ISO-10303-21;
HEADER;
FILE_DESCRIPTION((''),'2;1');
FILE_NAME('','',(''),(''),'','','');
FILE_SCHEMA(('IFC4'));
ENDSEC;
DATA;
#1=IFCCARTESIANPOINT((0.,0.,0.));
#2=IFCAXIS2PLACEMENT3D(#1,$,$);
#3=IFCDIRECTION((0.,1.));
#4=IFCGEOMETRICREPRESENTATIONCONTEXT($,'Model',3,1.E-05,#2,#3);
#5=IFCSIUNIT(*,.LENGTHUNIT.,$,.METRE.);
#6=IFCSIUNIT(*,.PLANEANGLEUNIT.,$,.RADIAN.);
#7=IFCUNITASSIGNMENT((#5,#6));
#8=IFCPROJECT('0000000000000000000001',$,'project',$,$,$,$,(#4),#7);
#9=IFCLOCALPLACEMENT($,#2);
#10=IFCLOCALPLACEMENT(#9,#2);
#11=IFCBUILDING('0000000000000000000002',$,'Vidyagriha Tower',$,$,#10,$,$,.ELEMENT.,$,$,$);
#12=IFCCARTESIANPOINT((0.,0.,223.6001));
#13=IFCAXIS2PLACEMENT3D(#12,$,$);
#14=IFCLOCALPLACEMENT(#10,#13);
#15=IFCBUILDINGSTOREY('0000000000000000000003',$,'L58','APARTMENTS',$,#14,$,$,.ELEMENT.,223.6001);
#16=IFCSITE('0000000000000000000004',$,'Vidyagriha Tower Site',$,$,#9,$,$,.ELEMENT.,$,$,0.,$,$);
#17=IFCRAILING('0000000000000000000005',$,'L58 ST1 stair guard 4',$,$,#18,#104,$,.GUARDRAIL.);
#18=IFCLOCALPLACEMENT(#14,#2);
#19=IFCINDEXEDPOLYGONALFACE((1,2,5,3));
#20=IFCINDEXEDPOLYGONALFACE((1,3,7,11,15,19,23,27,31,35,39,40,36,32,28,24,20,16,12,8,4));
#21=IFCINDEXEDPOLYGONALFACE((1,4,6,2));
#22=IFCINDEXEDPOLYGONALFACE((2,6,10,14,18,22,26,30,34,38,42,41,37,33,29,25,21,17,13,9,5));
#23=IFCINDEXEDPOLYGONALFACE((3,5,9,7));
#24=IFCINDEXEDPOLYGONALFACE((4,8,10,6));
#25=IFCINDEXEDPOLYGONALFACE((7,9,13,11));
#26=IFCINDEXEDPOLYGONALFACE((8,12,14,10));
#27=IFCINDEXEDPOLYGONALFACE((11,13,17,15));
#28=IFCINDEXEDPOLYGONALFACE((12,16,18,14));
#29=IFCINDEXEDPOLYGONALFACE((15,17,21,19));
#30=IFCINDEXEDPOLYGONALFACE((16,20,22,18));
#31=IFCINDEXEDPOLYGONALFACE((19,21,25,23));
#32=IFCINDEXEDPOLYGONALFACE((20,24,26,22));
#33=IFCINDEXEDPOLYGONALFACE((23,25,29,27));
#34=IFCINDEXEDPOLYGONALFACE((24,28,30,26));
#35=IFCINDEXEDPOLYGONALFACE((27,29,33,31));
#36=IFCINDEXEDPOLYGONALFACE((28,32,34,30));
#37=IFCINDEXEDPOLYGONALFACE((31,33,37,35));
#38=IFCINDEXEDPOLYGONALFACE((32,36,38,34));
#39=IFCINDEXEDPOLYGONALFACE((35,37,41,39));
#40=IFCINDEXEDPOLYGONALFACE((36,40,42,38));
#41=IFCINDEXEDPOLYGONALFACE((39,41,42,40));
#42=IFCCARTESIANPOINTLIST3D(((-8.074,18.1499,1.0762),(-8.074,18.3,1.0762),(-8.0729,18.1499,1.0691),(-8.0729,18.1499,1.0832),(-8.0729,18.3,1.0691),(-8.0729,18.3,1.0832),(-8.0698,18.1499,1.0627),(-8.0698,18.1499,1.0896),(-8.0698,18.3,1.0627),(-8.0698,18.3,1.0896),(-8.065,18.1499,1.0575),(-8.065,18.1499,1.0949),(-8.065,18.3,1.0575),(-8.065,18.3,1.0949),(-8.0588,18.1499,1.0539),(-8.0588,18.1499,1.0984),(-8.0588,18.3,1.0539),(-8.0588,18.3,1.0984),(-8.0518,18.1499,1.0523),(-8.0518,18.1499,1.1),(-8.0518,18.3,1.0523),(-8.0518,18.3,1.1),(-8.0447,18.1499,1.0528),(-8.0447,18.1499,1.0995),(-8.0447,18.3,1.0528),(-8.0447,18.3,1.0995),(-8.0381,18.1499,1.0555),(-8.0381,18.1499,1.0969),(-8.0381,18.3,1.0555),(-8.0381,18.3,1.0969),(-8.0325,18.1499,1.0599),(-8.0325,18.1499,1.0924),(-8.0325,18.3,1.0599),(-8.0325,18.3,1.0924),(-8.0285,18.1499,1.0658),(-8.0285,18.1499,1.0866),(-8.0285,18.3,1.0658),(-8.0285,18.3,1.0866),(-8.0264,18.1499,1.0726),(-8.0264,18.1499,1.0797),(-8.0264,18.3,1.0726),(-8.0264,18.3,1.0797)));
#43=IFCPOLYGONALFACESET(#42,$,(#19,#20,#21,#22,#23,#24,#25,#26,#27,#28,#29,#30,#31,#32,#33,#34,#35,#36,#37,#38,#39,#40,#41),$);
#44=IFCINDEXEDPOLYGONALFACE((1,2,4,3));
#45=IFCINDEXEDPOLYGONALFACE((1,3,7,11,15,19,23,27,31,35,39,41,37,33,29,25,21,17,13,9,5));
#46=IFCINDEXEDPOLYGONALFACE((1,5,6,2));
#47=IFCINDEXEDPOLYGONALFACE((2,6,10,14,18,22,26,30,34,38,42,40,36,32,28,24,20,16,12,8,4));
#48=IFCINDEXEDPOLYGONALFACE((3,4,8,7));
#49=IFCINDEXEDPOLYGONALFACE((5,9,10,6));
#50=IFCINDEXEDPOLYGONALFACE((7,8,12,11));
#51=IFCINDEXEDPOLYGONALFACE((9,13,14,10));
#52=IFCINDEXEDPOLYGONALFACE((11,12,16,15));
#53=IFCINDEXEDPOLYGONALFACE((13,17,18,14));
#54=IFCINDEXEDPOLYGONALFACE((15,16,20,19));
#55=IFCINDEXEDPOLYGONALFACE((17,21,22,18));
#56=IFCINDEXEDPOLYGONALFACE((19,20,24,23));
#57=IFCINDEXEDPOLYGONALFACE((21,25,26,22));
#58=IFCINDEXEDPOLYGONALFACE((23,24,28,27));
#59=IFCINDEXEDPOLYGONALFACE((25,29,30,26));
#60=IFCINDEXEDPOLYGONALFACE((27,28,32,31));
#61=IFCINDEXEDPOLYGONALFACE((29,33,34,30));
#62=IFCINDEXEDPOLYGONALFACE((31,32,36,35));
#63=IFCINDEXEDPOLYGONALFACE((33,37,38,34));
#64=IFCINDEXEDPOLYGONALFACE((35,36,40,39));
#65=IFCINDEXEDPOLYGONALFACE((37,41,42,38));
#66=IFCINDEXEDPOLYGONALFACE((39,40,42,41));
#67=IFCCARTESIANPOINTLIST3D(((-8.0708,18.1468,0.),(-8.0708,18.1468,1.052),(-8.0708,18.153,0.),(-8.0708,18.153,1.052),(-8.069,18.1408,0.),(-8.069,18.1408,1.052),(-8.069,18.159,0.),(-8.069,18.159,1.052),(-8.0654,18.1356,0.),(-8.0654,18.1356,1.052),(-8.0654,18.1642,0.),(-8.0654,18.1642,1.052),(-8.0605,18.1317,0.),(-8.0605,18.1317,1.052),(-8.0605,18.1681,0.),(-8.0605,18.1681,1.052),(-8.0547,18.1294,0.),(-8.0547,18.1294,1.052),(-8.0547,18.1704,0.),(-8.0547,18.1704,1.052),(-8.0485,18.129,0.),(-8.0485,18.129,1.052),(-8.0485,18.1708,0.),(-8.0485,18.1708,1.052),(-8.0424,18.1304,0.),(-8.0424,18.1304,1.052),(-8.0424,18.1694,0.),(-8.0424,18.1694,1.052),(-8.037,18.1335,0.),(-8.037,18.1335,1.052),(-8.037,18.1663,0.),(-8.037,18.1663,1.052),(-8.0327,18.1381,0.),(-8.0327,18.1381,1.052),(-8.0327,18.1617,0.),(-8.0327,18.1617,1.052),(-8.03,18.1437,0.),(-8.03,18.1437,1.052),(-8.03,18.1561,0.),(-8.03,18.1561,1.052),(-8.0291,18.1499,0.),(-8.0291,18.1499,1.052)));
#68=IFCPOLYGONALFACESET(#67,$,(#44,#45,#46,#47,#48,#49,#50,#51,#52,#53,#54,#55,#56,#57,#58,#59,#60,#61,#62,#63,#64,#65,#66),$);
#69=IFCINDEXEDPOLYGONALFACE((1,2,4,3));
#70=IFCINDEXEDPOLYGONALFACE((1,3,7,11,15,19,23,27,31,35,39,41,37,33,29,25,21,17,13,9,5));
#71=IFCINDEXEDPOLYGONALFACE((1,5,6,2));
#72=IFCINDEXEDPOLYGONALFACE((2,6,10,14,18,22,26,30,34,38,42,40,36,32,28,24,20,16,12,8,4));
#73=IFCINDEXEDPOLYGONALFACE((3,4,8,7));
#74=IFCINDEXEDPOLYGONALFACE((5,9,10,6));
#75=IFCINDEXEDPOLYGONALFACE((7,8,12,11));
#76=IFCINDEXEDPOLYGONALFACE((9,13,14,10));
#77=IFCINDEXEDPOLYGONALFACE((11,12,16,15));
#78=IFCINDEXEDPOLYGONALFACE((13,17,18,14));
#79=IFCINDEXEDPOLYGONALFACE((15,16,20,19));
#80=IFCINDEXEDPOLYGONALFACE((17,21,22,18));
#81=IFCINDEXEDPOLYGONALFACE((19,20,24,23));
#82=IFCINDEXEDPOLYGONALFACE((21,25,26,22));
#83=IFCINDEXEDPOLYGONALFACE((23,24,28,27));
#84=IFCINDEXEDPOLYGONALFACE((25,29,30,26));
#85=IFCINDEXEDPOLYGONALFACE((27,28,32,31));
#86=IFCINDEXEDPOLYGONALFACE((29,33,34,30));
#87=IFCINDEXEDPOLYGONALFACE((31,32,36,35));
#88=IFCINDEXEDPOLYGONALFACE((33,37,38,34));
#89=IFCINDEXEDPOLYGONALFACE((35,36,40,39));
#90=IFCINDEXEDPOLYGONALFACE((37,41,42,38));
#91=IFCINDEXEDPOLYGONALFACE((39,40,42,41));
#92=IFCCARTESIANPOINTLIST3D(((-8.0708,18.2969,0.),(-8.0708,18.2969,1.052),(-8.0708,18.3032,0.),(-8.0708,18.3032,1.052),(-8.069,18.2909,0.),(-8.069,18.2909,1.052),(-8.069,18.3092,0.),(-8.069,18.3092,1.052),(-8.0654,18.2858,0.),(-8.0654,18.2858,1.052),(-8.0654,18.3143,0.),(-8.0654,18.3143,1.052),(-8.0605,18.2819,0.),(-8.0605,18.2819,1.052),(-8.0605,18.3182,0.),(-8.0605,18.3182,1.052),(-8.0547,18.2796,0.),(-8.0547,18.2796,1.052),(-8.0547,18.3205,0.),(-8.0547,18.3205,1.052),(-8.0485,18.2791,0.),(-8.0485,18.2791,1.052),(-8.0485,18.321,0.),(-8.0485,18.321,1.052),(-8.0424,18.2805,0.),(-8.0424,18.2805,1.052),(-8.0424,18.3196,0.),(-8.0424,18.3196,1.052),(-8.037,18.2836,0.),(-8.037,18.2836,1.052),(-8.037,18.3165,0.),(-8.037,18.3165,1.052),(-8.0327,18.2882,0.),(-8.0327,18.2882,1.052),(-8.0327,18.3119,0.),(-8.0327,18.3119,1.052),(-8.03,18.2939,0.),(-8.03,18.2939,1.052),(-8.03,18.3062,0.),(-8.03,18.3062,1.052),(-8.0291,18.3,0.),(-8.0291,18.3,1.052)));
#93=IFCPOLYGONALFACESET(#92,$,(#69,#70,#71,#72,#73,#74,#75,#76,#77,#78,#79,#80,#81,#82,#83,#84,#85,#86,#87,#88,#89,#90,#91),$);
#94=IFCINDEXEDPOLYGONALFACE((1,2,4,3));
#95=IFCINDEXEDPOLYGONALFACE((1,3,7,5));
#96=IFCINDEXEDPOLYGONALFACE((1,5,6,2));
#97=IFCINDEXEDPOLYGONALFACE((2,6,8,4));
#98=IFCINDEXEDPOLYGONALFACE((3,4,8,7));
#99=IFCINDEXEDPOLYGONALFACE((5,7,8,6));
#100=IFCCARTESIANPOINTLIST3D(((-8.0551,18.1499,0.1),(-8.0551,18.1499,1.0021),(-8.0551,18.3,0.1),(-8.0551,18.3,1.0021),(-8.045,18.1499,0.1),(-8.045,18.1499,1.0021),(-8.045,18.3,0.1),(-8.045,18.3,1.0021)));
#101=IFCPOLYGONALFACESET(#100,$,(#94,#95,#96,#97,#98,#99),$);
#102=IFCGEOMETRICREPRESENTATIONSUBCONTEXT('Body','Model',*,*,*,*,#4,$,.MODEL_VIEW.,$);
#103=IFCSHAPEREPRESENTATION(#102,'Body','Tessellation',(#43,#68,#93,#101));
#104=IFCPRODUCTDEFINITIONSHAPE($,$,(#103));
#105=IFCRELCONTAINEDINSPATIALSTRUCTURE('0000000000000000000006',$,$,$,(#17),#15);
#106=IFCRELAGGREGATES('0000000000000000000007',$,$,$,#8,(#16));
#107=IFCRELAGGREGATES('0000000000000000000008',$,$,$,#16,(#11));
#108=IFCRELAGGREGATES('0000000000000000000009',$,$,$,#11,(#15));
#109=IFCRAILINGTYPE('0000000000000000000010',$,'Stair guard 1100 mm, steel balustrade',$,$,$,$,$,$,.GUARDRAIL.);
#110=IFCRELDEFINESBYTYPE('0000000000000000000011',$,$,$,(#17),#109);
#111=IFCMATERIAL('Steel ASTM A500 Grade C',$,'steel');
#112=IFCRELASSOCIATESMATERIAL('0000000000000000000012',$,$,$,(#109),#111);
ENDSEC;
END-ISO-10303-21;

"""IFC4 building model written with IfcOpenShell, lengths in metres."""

from ifc_helpers import new_model, si_unit, direction, frame, origin, origin_2d, place, context, subcontext, project, spatial, rectangle, circle, extrude, material, type_object, element, save


model = new_model("IFC4")

# Units and contexts
model_context = context("Model", 3, precision=1e-05, world=origin(), true_north=direction((0.0, 1.0)))
body_context = subcontext(model_context, "Body", "Model", "MODEL_VIEW")
ifc_project = project(units=[si_unit("LENGTHUNIT", "METRE"), si_unit("PLANEANGLEUNIT", "RADIAN")], contexts=[model_context])

# Site, building, storey
site_placement = place(None, origin())
site = spatial("IfcSite", under=ifc_project, at=site_placement, Name="Vidyagriha Tower Site", CompositionType="ELEMENT", RefElevation=0.0)
building_placement = place(site_placement, origin())
building = spatial("IfcBuilding", under=site, at=building_placement, Name="Vidyagriha Tower", CompositionType="ELEMENT")
storey_placement = place(building_placement, frame((0.0, 0.0, 223.6001)))
storey = spatial("IfcBuildingStorey", under=building, at=storey_placement, Name="L58", Description="APARTMENTS", CompositionType="ELEMENT", Elevation=223.6001)

# Railing
ifc_material_1 = material(Name="Steel ASTM A500 Grade C", Category="steel")
railing_type_1 = type_object("IfcRailingType", Name="Stair guard 1100 mm, steel balustrade", PredefinedType="GUARDRAIL", material=ifc_material_1)
railing_1_placement = place(storey_placement, frame((-8.05, 18.1499, 0.0)))
element("IfcRailing", 1, at=railing_1_placement, inside=storey, type_object=railing_type_1, Name="L58 ST1 stair guard 4", PredefinedType="GUARDRAIL", context=body_context, shape_type="SweptSolid", body=[
    extrude(circle(Radius=0.0239, at=origin_2d()), frame((0.0, 0.0, 1.0762), z_axis=(0.0, 1.0, 0.0), x_axis=(-1.0, 0.0, 0.0)), (0.0, 0.0, 1.0), 0.1501),
    extrude(circle(Radius=0.021, at=origin_2d()), origin(), (0.0, 0.0, 1.0), 1.052),
    extrude(circle(Radius=0.021, at=origin_2d()), frame((0.0, 0.1501, 0.0)), (0.0, 0.0, 1.0), 1.052),
    extrude(rectangle(XDim=0.01, YDim=0.9021, at=origin_2d()), frame((0.0, 0.0, 0.551), z_axis=(0.0, 1.0, 0.0), x_axis=(-1.0, 0.0, 0.0)), (0.0, 0.0, 1.0), 0.1501),
])

save(model, "model.ifc")
